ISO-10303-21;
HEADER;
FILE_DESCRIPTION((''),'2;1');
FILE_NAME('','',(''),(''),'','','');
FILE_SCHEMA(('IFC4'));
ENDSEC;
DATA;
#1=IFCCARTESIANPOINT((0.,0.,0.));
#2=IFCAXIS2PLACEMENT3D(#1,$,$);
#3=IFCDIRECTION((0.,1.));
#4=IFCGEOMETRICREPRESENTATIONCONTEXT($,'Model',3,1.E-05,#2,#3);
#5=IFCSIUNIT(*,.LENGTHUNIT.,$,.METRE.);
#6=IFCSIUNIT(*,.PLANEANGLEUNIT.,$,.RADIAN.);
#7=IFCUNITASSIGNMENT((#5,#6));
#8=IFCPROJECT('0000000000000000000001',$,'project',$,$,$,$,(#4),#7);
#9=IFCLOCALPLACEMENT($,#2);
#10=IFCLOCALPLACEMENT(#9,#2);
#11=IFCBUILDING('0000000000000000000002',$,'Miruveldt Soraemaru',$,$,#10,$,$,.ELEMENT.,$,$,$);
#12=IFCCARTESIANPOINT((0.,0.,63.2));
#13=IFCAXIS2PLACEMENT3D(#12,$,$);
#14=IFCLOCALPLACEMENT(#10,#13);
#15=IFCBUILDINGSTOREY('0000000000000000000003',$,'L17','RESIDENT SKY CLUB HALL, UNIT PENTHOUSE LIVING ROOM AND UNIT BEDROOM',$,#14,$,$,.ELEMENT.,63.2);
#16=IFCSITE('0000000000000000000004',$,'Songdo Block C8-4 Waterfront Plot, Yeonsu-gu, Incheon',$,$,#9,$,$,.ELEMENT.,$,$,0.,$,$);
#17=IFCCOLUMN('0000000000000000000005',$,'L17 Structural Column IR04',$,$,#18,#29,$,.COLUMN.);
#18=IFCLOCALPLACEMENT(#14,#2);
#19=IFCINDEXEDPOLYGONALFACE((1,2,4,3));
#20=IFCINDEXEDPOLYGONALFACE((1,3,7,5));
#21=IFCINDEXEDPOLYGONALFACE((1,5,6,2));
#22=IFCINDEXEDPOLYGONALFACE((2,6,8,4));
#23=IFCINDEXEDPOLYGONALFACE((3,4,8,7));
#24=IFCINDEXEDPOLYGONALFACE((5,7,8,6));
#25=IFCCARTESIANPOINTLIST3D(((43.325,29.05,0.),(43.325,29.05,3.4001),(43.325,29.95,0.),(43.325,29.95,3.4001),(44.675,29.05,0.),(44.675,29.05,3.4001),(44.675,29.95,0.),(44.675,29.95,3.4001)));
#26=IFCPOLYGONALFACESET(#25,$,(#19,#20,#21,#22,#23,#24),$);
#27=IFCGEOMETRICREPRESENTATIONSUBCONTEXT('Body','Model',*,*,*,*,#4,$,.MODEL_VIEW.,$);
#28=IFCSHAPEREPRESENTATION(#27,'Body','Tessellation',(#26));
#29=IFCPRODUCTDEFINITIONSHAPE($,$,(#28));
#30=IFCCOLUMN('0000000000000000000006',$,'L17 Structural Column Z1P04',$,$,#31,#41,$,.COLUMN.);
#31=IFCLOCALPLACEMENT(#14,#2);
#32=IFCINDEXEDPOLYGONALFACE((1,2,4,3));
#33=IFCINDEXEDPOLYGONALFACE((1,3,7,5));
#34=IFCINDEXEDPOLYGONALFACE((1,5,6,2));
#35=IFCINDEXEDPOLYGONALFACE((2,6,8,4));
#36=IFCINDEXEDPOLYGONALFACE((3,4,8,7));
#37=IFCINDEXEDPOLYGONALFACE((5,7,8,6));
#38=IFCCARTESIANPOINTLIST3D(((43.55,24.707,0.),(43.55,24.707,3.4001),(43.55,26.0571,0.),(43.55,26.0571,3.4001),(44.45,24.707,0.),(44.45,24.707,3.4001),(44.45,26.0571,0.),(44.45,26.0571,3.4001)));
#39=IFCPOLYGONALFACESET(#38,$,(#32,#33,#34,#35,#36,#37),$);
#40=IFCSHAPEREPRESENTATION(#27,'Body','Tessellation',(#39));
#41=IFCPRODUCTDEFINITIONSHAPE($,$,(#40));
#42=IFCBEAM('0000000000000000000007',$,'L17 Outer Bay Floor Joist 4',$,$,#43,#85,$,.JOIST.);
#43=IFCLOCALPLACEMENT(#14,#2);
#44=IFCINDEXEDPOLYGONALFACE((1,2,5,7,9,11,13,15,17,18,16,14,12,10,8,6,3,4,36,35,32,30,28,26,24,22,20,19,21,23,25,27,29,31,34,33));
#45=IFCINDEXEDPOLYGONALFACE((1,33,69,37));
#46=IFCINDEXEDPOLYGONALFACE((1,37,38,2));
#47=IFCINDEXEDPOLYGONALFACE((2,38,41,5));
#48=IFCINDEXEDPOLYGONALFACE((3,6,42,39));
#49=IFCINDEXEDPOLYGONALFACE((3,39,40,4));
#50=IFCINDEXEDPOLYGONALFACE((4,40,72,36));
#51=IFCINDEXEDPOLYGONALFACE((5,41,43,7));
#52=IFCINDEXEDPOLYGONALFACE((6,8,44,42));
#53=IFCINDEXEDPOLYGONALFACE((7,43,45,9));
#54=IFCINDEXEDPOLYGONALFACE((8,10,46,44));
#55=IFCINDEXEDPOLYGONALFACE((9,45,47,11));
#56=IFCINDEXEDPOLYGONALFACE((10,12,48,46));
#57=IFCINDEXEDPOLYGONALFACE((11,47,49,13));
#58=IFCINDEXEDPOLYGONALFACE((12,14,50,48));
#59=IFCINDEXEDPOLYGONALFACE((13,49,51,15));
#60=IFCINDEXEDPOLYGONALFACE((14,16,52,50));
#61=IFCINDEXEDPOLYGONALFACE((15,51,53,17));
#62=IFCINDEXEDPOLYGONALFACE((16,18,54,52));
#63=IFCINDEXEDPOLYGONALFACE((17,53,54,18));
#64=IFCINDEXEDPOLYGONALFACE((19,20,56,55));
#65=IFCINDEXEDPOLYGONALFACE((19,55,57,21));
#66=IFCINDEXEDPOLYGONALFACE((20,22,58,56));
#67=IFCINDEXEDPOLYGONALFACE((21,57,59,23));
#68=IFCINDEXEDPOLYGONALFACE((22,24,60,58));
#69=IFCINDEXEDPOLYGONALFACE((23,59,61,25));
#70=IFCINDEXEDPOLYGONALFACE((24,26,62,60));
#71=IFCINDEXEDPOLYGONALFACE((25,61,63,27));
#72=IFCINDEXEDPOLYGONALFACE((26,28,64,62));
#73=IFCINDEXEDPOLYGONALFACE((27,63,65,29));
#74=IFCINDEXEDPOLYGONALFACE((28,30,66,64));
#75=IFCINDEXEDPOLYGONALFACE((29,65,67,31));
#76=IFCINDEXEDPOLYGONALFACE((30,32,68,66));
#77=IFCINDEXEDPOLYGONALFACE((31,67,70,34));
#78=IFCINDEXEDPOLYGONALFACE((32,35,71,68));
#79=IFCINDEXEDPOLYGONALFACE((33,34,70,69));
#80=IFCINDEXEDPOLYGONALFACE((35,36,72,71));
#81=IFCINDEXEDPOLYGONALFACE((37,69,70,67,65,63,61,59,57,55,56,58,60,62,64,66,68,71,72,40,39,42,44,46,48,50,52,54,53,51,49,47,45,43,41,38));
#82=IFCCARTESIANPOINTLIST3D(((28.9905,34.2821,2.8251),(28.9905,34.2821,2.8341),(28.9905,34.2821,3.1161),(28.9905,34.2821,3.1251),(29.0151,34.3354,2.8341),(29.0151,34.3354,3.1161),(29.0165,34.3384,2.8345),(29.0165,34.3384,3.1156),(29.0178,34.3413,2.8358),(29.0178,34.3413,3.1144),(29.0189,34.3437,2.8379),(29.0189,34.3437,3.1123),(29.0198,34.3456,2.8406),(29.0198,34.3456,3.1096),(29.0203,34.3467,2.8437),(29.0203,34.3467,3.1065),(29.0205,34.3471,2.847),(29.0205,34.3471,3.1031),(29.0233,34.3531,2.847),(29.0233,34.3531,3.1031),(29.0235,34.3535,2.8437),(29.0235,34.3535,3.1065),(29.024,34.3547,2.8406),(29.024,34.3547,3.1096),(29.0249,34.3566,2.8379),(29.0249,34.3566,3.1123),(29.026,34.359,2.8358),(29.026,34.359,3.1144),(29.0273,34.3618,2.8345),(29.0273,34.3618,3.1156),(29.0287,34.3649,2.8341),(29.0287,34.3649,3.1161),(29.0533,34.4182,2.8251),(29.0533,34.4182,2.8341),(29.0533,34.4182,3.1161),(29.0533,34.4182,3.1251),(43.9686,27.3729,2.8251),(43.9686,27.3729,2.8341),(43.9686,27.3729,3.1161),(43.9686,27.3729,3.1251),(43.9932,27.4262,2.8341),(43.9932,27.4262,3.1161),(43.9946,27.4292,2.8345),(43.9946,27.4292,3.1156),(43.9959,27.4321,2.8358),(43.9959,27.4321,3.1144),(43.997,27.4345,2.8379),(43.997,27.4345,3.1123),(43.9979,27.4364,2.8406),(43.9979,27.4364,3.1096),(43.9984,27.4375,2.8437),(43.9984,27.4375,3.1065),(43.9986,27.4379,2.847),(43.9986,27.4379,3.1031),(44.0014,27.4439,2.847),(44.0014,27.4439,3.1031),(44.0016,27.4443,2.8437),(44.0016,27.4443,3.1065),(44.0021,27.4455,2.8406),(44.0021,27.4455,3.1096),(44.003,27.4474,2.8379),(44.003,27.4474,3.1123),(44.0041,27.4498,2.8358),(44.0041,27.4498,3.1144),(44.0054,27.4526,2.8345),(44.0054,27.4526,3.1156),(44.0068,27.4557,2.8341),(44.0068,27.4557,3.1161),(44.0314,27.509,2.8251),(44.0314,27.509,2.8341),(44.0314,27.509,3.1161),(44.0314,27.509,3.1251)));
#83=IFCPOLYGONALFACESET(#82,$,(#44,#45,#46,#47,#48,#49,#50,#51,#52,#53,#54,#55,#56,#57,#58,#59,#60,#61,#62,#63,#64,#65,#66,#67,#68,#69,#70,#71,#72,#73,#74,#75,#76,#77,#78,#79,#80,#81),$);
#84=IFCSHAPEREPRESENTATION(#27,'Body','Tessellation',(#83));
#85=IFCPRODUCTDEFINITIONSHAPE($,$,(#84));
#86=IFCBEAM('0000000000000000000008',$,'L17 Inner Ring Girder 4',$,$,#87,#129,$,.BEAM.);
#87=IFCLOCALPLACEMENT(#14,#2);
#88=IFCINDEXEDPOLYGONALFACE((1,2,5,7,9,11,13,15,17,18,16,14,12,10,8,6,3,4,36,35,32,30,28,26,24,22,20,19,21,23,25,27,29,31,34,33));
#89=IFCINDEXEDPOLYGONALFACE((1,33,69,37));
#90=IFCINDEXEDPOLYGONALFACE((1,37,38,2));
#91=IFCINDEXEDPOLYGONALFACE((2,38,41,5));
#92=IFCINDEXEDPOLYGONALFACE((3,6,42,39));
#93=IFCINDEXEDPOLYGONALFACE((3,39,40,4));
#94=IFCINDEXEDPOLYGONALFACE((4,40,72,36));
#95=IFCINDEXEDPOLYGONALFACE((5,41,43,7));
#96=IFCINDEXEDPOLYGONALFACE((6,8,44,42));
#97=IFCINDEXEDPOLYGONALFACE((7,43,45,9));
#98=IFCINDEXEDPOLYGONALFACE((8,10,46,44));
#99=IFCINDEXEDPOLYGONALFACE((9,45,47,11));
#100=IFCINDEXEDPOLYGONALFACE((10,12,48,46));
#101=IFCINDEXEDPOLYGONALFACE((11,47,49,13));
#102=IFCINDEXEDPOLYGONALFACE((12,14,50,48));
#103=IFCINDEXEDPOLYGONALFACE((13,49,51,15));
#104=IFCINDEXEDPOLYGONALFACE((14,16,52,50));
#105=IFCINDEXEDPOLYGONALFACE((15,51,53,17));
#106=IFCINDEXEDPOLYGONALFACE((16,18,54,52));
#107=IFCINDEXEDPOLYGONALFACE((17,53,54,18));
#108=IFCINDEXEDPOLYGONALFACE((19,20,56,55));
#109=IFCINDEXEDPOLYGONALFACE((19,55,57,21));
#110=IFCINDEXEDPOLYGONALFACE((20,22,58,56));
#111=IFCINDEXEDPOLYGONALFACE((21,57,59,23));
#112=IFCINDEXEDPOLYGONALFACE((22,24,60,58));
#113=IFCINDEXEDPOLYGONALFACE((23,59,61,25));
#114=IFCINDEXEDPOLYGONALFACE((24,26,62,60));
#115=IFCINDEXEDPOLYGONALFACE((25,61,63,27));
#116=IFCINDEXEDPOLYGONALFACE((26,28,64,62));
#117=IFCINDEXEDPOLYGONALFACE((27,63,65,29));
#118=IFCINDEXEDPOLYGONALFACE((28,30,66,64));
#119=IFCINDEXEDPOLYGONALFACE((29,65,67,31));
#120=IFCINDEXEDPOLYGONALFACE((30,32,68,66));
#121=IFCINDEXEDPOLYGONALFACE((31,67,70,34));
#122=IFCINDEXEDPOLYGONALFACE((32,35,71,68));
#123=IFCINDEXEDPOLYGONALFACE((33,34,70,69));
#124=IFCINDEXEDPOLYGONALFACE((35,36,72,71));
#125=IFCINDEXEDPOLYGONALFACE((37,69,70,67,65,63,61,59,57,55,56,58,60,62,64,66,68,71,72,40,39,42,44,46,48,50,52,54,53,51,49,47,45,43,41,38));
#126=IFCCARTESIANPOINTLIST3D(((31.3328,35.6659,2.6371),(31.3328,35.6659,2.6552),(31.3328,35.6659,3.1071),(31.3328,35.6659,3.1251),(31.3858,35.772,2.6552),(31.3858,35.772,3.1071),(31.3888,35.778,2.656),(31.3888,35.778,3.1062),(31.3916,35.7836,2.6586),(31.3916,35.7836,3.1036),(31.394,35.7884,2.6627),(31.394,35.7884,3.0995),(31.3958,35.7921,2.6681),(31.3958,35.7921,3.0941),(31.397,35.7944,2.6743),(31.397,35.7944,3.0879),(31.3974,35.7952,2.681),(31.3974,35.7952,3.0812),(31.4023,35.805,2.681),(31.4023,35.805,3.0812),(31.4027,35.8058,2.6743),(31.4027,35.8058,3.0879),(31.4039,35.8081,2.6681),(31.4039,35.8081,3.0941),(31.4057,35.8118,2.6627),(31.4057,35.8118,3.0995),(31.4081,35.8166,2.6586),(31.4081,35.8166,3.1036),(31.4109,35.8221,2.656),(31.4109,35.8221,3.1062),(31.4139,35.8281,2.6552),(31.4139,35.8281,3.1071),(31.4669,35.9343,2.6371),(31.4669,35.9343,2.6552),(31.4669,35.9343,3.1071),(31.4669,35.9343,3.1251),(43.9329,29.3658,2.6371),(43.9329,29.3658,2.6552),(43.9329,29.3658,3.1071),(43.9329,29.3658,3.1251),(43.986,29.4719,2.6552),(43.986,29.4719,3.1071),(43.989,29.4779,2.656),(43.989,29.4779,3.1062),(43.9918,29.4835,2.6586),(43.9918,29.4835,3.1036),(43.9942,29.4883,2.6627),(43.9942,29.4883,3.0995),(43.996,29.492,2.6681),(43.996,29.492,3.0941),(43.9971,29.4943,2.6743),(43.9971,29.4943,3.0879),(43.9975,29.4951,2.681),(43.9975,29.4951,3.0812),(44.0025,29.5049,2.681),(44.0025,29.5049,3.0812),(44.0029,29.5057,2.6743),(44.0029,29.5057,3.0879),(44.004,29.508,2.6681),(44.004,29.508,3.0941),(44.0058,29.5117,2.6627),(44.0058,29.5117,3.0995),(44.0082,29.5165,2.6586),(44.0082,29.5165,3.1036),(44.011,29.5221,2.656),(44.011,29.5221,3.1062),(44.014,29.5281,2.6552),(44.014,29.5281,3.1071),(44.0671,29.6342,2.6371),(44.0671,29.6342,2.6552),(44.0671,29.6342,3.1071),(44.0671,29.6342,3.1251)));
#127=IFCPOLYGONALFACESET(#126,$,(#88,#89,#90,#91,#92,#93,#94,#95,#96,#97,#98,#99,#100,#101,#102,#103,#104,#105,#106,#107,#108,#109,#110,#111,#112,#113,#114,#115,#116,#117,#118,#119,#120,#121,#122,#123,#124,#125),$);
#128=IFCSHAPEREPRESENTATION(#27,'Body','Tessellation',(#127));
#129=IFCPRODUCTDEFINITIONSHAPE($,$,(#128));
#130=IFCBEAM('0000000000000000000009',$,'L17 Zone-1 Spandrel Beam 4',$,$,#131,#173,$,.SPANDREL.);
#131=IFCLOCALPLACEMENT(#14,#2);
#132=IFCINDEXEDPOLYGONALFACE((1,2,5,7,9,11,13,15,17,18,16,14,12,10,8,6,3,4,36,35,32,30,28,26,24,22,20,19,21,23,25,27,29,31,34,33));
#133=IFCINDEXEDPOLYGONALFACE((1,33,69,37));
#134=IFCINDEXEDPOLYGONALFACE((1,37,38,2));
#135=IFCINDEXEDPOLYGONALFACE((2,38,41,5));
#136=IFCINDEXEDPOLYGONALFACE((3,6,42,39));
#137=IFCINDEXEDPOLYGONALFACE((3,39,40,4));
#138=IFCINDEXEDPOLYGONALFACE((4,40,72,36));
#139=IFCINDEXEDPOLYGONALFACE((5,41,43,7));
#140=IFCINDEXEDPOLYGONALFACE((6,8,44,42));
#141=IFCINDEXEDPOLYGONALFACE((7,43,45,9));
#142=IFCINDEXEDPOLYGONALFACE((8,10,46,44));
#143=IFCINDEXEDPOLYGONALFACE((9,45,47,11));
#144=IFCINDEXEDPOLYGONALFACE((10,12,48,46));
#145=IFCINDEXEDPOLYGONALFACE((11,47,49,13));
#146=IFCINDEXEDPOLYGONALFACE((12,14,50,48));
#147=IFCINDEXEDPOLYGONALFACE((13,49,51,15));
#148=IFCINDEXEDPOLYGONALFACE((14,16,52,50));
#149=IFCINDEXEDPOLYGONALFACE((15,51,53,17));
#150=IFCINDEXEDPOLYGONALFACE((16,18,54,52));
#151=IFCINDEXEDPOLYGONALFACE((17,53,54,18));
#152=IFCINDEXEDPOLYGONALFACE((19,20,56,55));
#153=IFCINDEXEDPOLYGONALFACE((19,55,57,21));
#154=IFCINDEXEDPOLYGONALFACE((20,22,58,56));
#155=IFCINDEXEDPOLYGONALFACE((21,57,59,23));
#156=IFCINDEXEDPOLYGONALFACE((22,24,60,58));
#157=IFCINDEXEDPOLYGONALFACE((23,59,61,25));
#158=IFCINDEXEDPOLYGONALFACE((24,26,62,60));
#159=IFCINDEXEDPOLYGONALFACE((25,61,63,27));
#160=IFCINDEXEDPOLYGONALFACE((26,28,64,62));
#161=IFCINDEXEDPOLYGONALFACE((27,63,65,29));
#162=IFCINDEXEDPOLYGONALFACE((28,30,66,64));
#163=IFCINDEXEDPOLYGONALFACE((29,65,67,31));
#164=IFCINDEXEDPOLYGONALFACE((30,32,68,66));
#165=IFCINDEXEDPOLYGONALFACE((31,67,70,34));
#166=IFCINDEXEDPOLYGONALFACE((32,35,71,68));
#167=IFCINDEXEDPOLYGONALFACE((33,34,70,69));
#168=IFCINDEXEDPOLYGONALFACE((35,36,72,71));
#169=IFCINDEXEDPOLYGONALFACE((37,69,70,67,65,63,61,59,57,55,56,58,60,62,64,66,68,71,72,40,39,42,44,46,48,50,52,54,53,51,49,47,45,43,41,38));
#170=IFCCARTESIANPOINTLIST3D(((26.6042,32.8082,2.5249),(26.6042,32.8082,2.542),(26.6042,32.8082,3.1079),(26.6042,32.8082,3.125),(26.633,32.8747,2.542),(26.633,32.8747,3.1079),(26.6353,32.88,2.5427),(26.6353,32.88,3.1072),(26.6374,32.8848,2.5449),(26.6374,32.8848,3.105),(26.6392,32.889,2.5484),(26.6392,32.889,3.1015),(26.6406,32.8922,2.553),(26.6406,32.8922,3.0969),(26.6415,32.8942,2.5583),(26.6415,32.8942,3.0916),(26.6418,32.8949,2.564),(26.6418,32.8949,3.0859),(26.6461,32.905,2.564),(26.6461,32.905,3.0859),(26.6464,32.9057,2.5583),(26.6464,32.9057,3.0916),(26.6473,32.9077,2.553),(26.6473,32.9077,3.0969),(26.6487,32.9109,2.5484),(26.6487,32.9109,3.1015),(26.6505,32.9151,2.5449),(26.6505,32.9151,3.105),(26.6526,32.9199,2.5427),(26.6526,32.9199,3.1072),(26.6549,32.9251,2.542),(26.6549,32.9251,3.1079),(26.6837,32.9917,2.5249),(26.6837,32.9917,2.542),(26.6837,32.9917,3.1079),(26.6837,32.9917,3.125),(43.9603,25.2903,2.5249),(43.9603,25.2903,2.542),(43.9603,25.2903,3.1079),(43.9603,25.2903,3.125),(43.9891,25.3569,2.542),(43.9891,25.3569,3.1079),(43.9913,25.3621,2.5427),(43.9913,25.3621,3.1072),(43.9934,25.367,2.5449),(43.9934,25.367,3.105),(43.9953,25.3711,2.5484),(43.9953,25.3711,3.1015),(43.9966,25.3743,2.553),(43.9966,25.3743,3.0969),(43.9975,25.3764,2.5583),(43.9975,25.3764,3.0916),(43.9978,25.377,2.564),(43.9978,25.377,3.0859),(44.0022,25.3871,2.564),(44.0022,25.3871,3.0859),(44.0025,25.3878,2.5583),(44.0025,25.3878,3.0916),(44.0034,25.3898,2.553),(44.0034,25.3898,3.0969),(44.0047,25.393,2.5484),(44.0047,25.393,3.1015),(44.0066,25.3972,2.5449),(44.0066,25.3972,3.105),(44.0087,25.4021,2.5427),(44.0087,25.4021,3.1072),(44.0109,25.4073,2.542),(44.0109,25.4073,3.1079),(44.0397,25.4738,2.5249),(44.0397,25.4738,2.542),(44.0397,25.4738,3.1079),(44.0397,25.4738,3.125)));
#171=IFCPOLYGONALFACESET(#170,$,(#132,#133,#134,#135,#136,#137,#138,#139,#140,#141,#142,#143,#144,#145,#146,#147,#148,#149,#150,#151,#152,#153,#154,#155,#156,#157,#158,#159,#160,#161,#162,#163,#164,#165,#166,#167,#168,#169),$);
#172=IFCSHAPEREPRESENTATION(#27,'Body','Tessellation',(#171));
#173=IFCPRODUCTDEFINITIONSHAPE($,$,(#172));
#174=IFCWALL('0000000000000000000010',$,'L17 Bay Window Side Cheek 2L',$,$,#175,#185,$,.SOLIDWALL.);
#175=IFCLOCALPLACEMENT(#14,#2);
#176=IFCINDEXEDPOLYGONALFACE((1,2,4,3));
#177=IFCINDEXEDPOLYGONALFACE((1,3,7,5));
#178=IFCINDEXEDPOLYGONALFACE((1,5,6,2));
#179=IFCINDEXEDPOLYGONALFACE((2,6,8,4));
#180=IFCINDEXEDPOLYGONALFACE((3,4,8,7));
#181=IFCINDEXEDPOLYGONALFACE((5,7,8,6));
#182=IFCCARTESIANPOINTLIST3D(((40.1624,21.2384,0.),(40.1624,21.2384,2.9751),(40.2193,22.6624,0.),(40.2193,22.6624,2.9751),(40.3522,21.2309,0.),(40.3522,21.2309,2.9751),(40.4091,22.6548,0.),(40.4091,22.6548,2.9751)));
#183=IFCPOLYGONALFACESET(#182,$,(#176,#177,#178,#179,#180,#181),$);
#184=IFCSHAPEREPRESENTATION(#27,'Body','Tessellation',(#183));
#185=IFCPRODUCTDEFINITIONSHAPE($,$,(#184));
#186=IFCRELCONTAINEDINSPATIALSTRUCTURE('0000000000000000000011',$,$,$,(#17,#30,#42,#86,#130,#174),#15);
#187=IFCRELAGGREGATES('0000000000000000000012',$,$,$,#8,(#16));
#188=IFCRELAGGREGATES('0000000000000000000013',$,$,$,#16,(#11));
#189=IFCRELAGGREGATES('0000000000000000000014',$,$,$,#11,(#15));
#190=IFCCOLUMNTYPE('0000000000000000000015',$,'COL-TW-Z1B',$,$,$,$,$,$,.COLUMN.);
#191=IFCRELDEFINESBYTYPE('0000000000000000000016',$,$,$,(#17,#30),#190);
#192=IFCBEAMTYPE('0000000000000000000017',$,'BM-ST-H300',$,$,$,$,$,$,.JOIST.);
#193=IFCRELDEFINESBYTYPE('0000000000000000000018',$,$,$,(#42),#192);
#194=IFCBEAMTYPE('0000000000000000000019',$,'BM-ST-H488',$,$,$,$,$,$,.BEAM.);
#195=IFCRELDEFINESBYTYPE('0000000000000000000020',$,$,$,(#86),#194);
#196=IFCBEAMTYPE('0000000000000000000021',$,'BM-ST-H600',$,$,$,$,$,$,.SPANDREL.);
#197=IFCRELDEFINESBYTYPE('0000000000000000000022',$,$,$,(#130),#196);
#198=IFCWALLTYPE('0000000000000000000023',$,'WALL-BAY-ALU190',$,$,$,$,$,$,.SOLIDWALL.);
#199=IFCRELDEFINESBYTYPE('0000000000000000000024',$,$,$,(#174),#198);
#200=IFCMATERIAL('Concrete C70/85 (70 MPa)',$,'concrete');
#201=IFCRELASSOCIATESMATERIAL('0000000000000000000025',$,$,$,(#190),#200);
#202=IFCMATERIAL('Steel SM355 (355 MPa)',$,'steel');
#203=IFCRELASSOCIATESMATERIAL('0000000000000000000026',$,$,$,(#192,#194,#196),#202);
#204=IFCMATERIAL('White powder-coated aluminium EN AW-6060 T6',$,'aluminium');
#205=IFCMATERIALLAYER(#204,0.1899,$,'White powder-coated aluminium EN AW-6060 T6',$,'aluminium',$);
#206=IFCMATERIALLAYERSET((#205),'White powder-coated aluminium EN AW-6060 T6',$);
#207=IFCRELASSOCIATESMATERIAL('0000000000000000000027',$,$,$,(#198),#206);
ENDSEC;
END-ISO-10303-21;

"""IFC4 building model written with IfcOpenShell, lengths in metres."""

from ifc_helpers import new_model, si_unit, direction, frame, frame_2d, origin, origin_2d, place, context, subcontext, project, spatial, rectangle, i_section, extrude, material, layer, layer_set, material_profile, profile_set, type_object, element, save


model = new_model("IFC4")

# Units and contexts
model_context = context("Model", 3, precision=1e-05, world=origin(), true_north=direction((0.0, 1.0)))
body_context = subcontext(model_context, "Body", "Model", "MODEL_VIEW")
ifc_project = project(units=[si_unit("LENGTHUNIT", "METRE"), si_unit("PLANEANGLEUNIT", "RADIAN")], contexts=[model_context])

# Site, building, storey
site_placement = place(None, origin())
site = spatial("IfcSite", under=ifc_project, at=site_placement, Name="Songdo Block C8-4 Waterfront Plot, Yeonsu-gu, Incheon", CompositionType="ELEMENT", RefElevation=0.0)
building_placement = place(site_placement, origin())
building = spatial("IfcBuilding", under=site, at=building_placement, Name="Miruveldt Soraemaru", CompositionType="ELEMENT")
storey_placement = place(building_placement, frame((0.0, 0.0, 63.2)))
storey = spatial("IfcBuildingStorey", under=building, at=storey_placement, Name="L17", Description="RESIDENT SKY CLUB HALL, UNIT PENTHOUSE LIVING ROOM AND UNIT BEDROOM", CompositionType="ELEMENT", Elevation=63.2)

# Columns
ifc_material_1 = material(Name="Concrete C70/85 (70 MPa)", Category="concrete")
ifc_material_profile_1 = material_profile(ifc_material_1, rectangle(XDim=1.3501, YDim=0.8999, at=origin_2d()), Name="Concrete C70/85 (70 MPa)", Category="concrete")
ifc_profile_set_1 = profile_set([ifc_material_profile_1], Name="Concrete C70/85 (70 MPa)")
column_type = type_object("IfcColumnType", Name="COL-TW-Z1B", PredefinedType="COLUMN", material=ifc_profile_set_1)
for number, where, z_axis, x_axis, name in (
    (1, (44.0, 29.5, 0.0), (0.0, 0.0, 1.0), (1.0, 0.0, 0.0), "L17 Structural Column IR04"),
    (2, (44.0, 25.3821, 0.0), (0.0, 0.0, 1.0), (0.0, 1.0, 0.0), "L17 Structural Column Z1P04"),
):
    element("IfcColumn", number, at=place(storey_placement, frame(where, z_axis=z_axis, x_axis=x_axis)), inside=storey, type_object=column_type, Name=name, PredefinedType="COLUMN", context=body_context, shape_type="SweptSolid", body=[
        extrude(rectangle(XDim=1.3501, YDim=0.8999, at=origin_2d()), origin(), (0.0, 0.0, 1.0), 3.4001),
    ])

# Beams
ifc_material_2 = material(Name="Steel SM355 (355 MPa)", Category="steel")
ifc_material_profile_2 = material_profile(ifc_material_2, i_section(OverallWidth=0.1499, OverallDepth=0.3, WebThickness=0.0066, FlangeThickness=0.009, FilletRadius=0.0129, at=origin_2d()), Name="Steel SM355 (355 MPa)", Category="steel")
ifc_profile_set_2 = profile_set([ifc_material_profile_2], Name="Steel SM355 (355 MPa)")
beam_type_1 = type_object("IfcBeamType", Name="BM-ST-H300", PredefinedType="JOIST", material=ifc_profile_set_2)
beam_1_placement = place(storey_placement, frame((44.0, 27.4409, 2.9751), z_axis=(-0.908046, 0.41887, 0.0), x_axis=(-0.41887, -0.908046, 0.0)))
element("IfcBeam", 3, at=beam_1_placement, inside=storey, type_object=beam_type_1, Name="L17 Outer Bay Floor Joist 4", PredefinedType="JOIST", context=body_context, shape_type="SweptSolid", body=[
    extrude(i_section(OverallWidth=0.1499, OverallDepth=0.3, WebThickness=0.0066, FlangeThickness=0.009, FilletRadius=0.0129, at=origin_2d()), origin(), (0.0, 0.0, 1.0), 16.4949),
])
ifc_material_profile_3 = material_profile(ifc_material_2, i_section(OverallWidth=0.3, OverallDepth=0.488, WebThickness=0.011, FlangeThickness=0.0181, FilletRadius=0.0259, at=origin_2d()), Name="Steel SM355 (355 MPa)", Category="steel")
ifc_profile_set_3 = profile_set([ifc_material_profile_3], Name="Steel SM355 (355 MPa)")
beam_type_2 = type_object("IfcBeamType", Name="BM-ST-H488", PredefinedType="BEAM", material=ifc_profile_set_3)
beam_2_placement = place(storey_placement, frame((44.0, 29.5, 2.8811), z_axis=(-0.894427, 0.447214, 0.0), x_axis=(-0.447214, -0.894427, 0.0)))
element("IfcBeam", 4, at=beam_2_placement, inside=storey, type_object=beam_type_2, Name="L17 Inner Ring Girder 4", PredefinedType="BEAM", context=body_context, shape_type="SweptSolid", body=[
    extrude(i_section(OverallWidth=0.3, OverallDepth=0.488, WebThickness=0.011, FlangeThickness=0.0181, FilletRadius=0.0259, at=origin_2d()), origin(), (0.0, 0.0, 1.0), 14.0874),
])
ifc_material_profile_4 = material_profile(ifc_material_2, i_section(OverallWidth=0.2, OverallDepth=0.6001, WebThickness=0.011, FlangeThickness=0.0171, FilletRadius=0.022, at=origin_2d()), Name="Steel SM355 (355 MPa)", Category="steel")
ifc_profile_set_4 = profile_set([ifc_material_profile_4], Name="Steel SM355 (355 MPa)")
beam_type_3 = type_object("IfcBeamType", Name="BM-ST-H600", PredefinedType="SPANDREL", material=ifc_profile_set_4)
beam_3_placement = place(storey_placement, frame((44.0, 25.3821, 2.825), z_axis=(-0.917615, 0.39747, 0.0), x_axis=(-0.39747, -0.917615, 0.0)))
element("IfcBeam", 5, at=beam_3_placement, inside=storey, type_object=beam_type_3, Name="L17 Zone-1 Spandrel Beam 4", PredefinedType="SPANDREL", context=body_context, shape_type="SweptSolid", body=[
    extrude(i_section(OverallWidth=0.2, OverallDepth=0.6001, WebThickness=0.011, FlangeThickness=0.0171, FilletRadius=0.022, at=origin_2d()), origin(), (0.0, 0.0, 1.0), 18.9143),
])

# Wall
ifc_material_3 = material(Name="White powder-coated aluminium EN AW-6060 T6", Category="aluminium")
ifc_layer_1 = layer(ifc_material_3, 0.1899, Name="White powder-coated aluminium EN AW-6060 T6", Category="aluminium")
ifc_layer_set_1 = layer_set([ifc_layer_1], Name="White powder-coated aluminium EN AW-6060 T6")
wall_type_1 = type_object("IfcWallType", Name="WALL-BAY-ALU190", PredefinedType="SOLIDWALL", material=ifc_layer_set_1)
for number, where, z_axis, x_axis, name in (
    (6, (40.3142, 22.6584, 0.0), (0.0, 0.0, 1.0), (-0.03992, -0.999203, 0.0), "L17 Bay Window Side Cheek 2L"),
):
    element("IfcWall", number, at=place(storey_placement, frame(where, z_axis=z_axis, x_axis=x_axis)), inside=storey, type_object=wall_type_1, Name=name, PredefinedType="SOLIDWALL", context=body_context, shape_type="SweptSolid", body=[
        extrude(rectangle(XDim=1.425, YDim=0.1899, at=frame_2d((0.7124, 0.0))), origin(), (0.0, 0.0, 1.0), 2.9751),
    ])

save(model, "model.ifc")
